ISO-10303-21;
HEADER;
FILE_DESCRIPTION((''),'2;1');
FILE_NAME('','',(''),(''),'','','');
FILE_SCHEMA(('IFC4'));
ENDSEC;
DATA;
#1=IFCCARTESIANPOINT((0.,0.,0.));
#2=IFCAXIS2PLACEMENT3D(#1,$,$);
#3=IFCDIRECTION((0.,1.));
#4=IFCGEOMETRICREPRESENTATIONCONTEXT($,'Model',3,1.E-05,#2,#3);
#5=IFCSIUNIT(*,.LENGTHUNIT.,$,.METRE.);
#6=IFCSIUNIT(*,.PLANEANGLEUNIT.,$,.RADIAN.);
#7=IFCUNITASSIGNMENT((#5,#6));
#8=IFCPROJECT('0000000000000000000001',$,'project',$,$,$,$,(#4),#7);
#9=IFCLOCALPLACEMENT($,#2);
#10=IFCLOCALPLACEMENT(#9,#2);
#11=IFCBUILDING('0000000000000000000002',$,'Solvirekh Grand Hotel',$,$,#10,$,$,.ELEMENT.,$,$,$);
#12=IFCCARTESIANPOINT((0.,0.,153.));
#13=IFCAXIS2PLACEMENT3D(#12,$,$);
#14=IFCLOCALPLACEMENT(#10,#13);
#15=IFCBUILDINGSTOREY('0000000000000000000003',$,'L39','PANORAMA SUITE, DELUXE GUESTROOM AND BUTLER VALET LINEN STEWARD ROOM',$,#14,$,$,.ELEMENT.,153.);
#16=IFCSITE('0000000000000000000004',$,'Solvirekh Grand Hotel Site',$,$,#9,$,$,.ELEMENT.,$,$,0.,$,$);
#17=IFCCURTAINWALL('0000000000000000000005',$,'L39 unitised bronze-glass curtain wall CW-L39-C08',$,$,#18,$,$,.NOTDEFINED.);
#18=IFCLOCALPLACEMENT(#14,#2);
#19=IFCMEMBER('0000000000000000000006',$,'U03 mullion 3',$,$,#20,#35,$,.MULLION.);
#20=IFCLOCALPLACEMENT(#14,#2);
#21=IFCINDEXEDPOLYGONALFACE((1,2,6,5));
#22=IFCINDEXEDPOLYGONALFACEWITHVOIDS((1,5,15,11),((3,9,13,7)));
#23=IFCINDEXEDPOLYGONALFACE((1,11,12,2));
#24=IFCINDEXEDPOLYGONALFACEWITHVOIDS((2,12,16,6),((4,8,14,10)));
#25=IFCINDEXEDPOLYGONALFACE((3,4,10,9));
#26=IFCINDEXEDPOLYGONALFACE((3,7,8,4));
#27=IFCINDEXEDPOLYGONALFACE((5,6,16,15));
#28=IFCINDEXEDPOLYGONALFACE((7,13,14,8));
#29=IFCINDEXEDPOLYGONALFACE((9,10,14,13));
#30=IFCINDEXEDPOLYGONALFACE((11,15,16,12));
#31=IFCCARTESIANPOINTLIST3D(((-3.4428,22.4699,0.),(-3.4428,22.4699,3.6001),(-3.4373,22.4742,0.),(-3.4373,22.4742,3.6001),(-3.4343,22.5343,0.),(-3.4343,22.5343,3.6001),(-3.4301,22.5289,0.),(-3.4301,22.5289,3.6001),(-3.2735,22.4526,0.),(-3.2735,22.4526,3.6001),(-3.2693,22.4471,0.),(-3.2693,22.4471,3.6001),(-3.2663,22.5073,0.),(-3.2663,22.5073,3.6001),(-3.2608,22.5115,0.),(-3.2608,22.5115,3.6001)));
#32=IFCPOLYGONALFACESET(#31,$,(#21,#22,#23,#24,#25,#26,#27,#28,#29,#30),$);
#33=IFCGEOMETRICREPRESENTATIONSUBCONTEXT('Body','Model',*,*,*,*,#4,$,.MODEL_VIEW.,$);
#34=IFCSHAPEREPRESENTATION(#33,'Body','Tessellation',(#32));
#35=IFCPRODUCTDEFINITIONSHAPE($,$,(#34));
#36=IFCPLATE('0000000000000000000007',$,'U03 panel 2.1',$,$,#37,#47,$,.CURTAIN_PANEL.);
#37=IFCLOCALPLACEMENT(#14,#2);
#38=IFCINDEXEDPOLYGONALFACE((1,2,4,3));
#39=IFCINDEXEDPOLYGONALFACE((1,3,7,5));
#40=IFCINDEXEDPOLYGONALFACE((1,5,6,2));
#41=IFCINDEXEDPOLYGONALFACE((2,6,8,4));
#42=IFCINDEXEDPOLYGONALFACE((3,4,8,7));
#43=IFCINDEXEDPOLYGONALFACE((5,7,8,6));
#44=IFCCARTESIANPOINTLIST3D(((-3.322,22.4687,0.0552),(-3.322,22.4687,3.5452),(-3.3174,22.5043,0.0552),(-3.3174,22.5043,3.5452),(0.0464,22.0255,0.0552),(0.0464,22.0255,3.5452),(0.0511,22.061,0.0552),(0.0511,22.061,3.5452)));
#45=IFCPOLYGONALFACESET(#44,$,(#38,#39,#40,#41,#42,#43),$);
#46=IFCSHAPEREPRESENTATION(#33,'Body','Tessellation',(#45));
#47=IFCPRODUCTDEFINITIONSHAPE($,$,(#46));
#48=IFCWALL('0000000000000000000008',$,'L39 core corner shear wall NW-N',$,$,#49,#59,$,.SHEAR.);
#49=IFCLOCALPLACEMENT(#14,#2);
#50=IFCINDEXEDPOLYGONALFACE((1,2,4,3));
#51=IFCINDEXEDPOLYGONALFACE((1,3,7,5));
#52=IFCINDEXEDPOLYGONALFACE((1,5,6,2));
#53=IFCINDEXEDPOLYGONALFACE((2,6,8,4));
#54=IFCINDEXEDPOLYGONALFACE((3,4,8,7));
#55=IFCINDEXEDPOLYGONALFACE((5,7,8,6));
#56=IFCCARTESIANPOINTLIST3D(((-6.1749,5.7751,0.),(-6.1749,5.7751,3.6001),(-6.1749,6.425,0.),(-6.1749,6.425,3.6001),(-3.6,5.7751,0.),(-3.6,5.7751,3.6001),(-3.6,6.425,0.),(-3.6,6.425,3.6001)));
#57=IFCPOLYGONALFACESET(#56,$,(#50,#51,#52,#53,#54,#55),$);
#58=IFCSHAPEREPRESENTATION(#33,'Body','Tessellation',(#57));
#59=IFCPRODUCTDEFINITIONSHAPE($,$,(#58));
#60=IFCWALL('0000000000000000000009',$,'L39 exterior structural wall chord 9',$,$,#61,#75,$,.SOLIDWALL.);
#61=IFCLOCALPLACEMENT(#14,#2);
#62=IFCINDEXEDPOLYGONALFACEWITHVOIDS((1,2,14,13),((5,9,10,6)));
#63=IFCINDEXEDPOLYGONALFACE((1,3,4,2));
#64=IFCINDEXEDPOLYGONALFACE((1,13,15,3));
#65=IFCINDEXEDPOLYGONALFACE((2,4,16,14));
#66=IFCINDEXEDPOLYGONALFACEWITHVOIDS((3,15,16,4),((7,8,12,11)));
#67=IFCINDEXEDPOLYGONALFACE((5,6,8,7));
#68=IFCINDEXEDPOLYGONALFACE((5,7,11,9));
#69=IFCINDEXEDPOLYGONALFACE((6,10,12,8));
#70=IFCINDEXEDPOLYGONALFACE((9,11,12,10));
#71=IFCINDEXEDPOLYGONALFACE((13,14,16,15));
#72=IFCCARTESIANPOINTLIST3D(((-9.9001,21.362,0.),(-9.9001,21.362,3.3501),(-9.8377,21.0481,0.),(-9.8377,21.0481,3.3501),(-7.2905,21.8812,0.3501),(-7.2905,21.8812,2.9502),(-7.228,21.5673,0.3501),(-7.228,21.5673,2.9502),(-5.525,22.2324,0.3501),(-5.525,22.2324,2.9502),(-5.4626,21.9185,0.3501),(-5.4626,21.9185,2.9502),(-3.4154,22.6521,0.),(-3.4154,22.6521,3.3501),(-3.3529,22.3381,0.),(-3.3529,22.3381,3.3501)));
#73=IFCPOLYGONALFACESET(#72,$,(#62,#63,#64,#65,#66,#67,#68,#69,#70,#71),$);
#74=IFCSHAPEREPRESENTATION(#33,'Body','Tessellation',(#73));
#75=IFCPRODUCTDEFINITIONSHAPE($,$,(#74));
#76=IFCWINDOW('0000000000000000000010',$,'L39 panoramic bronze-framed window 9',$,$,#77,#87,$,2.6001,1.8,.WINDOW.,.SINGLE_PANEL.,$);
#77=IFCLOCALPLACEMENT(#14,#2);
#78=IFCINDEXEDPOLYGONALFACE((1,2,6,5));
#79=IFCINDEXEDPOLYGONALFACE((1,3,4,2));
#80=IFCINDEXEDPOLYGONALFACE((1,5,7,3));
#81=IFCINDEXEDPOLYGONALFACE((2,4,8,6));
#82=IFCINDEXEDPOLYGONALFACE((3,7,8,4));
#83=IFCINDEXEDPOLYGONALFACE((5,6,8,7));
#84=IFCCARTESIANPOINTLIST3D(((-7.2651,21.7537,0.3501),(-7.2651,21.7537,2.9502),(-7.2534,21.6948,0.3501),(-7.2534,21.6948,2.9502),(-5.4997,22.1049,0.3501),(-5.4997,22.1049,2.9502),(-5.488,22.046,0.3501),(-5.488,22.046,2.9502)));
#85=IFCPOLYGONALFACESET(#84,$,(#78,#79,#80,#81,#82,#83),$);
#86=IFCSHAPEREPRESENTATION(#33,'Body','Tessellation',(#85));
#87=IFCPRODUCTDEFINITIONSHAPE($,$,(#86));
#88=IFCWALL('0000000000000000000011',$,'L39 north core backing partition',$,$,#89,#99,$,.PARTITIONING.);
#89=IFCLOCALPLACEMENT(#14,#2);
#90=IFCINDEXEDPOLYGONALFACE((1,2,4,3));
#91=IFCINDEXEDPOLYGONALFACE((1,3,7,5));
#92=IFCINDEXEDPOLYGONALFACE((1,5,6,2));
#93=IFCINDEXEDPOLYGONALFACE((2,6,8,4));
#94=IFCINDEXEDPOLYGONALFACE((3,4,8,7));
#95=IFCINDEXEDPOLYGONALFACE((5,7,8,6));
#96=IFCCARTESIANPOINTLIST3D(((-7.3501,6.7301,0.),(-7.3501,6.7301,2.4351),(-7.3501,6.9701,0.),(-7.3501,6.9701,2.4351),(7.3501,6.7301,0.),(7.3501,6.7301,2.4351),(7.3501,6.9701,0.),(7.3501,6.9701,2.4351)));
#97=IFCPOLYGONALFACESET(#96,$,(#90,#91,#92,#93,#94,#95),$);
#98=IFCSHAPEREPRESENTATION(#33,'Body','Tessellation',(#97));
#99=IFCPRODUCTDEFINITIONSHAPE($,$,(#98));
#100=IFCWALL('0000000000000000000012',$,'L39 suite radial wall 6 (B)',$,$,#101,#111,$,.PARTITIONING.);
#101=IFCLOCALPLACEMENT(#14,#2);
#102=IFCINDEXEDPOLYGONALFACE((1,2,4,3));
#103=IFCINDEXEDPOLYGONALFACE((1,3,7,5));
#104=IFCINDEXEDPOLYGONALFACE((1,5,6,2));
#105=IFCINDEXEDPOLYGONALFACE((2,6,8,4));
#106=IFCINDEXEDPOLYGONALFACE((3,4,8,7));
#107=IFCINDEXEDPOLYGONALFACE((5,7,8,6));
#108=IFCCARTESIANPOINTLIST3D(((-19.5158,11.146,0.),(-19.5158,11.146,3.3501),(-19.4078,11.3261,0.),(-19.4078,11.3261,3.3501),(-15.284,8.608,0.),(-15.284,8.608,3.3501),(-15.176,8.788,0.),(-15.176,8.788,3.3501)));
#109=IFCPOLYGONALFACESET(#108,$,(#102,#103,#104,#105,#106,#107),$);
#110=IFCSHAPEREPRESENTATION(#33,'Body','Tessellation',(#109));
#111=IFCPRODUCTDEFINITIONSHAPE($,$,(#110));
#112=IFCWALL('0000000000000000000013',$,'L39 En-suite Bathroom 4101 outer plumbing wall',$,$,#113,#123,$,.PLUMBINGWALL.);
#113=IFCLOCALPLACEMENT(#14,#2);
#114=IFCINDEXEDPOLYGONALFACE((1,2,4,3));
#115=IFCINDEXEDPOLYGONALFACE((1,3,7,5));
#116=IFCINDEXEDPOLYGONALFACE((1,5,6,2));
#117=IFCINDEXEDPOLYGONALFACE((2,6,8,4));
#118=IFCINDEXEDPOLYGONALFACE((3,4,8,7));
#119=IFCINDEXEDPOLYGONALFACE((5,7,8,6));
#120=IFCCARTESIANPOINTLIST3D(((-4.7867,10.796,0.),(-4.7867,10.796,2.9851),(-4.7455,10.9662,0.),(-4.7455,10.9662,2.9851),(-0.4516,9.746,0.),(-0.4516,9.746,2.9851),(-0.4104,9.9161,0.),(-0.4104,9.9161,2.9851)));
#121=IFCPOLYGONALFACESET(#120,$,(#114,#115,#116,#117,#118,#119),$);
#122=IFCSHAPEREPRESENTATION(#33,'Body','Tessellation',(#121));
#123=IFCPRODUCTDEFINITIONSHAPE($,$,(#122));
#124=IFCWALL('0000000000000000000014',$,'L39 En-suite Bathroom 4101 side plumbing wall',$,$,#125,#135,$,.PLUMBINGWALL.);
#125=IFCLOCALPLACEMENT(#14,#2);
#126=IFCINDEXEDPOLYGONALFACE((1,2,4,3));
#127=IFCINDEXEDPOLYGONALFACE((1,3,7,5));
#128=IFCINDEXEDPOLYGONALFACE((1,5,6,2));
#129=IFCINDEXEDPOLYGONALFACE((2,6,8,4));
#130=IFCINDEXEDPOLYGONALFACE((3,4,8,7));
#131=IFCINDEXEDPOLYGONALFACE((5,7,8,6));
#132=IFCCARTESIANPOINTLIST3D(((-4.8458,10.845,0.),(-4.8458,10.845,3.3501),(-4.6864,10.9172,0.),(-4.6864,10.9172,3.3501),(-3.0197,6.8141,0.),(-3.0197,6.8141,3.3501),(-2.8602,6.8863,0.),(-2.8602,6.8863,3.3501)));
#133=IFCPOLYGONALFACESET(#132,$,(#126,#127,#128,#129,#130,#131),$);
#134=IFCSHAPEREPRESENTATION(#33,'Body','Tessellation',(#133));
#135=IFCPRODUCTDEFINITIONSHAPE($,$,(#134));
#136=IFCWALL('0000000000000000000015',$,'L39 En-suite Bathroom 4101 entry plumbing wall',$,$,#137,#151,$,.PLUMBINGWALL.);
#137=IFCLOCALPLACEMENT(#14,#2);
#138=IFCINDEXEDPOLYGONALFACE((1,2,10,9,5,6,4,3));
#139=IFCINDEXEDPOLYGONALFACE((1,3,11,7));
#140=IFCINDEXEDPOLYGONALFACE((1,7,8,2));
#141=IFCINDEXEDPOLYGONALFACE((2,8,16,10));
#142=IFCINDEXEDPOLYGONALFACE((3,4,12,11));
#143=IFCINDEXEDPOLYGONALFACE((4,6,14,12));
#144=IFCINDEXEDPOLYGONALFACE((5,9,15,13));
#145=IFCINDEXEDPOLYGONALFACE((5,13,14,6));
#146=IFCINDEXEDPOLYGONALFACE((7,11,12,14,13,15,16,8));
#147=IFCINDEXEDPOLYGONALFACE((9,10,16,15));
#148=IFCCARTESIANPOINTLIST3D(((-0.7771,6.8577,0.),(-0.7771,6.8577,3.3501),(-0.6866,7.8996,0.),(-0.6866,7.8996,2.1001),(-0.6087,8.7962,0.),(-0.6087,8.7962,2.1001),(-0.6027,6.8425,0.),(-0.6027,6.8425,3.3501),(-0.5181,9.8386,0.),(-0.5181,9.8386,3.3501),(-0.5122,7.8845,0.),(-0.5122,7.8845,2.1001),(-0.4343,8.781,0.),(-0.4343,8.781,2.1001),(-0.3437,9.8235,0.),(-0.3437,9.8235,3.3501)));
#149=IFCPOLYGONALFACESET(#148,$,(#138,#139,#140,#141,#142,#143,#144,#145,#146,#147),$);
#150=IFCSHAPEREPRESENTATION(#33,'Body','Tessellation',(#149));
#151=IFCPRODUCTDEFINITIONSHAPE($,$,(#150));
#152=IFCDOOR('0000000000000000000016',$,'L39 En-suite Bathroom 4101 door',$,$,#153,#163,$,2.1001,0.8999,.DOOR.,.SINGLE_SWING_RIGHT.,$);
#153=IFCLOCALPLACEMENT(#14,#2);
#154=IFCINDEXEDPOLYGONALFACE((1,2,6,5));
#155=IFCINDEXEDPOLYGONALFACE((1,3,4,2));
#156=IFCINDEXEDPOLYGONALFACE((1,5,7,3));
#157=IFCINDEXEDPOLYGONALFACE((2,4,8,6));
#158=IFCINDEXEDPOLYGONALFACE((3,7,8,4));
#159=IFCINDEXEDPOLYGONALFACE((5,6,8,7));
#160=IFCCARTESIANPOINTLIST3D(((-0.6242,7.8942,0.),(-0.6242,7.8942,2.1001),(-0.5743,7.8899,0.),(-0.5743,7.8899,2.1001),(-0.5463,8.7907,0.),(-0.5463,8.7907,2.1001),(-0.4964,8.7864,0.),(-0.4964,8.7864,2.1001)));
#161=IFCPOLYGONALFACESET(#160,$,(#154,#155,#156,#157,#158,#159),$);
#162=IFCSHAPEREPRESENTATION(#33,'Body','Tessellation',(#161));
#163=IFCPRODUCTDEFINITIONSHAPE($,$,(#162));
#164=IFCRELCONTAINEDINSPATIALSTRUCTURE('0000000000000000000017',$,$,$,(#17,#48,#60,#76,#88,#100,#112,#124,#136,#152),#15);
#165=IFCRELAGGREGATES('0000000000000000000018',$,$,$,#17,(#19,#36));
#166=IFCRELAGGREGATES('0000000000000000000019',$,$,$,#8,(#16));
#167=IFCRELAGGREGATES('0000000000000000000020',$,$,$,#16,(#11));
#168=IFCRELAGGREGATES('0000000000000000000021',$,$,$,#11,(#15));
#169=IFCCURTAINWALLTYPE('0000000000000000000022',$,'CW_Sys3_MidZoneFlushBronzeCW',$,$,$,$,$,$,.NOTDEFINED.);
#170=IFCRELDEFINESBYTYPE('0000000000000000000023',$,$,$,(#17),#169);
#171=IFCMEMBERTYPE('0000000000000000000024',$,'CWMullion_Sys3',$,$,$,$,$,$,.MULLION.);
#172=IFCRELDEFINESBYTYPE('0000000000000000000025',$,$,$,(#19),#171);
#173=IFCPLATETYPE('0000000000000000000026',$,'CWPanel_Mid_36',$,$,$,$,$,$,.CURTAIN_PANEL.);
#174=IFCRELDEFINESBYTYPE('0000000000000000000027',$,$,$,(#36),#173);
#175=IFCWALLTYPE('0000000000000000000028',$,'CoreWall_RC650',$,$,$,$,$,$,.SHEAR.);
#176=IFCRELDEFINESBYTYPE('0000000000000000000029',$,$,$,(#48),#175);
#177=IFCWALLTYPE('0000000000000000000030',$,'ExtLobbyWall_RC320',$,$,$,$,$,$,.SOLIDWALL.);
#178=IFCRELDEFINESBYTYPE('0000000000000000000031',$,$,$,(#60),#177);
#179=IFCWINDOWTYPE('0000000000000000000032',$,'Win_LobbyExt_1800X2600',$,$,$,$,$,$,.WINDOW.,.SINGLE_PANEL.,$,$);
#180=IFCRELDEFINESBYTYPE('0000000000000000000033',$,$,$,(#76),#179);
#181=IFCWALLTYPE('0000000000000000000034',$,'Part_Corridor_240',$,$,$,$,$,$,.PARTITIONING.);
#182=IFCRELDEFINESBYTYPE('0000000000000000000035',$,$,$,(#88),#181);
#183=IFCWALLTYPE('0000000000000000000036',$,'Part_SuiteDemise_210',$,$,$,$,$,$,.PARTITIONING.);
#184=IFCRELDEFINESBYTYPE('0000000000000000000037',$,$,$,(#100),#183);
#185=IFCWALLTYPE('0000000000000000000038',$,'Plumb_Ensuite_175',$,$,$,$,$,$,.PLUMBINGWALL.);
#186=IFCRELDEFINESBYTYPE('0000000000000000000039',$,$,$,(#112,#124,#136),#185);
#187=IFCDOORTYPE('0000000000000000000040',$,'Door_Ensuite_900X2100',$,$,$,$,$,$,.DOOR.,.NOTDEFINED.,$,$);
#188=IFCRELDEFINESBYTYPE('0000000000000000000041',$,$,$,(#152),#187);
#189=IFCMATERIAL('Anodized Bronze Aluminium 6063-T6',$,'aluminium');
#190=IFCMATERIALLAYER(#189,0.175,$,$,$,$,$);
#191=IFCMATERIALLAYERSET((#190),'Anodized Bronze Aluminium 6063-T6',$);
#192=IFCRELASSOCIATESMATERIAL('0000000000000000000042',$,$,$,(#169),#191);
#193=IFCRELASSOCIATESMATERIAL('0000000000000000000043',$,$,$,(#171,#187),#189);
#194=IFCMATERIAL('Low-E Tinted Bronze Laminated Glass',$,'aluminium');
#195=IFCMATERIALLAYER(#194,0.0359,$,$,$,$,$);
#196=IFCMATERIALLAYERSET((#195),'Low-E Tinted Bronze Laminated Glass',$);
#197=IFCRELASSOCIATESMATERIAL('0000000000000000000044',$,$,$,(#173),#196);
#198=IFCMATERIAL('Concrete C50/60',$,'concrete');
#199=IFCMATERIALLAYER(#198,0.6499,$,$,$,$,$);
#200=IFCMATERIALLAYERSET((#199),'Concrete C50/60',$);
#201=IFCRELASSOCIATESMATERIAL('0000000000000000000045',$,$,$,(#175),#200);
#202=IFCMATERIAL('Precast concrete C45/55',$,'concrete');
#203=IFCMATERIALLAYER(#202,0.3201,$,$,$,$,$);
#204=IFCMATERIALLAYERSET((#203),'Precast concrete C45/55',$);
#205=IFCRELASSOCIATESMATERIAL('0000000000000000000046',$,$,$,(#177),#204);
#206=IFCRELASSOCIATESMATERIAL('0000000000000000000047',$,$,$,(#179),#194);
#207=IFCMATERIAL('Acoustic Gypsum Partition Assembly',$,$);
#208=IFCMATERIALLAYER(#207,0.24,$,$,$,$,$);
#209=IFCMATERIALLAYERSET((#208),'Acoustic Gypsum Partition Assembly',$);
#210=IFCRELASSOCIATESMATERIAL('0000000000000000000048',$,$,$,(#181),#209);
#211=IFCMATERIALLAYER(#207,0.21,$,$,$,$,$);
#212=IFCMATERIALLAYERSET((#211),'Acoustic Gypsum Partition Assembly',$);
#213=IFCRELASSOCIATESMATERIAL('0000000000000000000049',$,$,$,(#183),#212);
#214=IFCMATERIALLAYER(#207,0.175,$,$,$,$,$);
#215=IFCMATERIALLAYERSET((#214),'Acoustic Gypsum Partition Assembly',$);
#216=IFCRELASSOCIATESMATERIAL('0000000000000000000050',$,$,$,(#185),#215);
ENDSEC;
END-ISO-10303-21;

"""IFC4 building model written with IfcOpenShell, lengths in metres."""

from ifc_helpers import new_model, si_unit, direction, frame, frame_2d, origin, origin_2d, place, context, subcontext, project, spatial, rectangle, hollow_rectangle, extrude, source, transform, mapped, material, layer, layer_set, material_profile, profile_set, type_object, element, fill, aggregate, save


model = new_model("IFC4")

# Units and contexts
model_context = context("Model", 3, precision=1e-05, world=origin(), true_north=direction((0.0, 1.0)))
body_context = subcontext(model_context, "Body", "Model", "MODEL_VIEW")
ifc_project = project(units=[si_unit("LENGTHUNIT", "METRE"), si_unit("PLANEANGLEUNIT", "RADIAN")], contexts=[model_context])

# Site, building, storey
site_placement = place(None, origin())
site = spatial("IfcSite", under=ifc_project, at=site_placement, Name="Solvirekh Grand Hotel Site", CompositionType="ELEMENT", RefElevation=0.0)
building_placement = place(site_placement, origin())
building = spatial("IfcBuilding", under=site, at=building_placement, Name="Solvirekh Grand Hotel", CompositionType="ELEMENT")
storey_placement = place(building_placement, frame((0.0, 0.0, 153.0)))
storey = spatial("IfcBuildingStorey", under=building, at=storey_placement, Name="L39", Description="PANORAMA SUITE, DELUXE GUESTROOM AND BUTLER VALET LINEN STEWARD ROOM", CompositionType="ELEMENT", Elevation=153.0)

# Shared definitions
ifc_material_1 = material(Name="Concrete C50/60", Category="concrete")

# Curtain wall, member, plate
ifc_material_2 = material(Name="Anodized Bronze Aluminium 6063-T6", Category="aluminium")
ifc_layer_1 = layer(ifc_material_2, 0.175)
ifc_layer_set_1 = layer_set([ifc_layer_1], Name="Anodized Bronze Aluminium 6063-T6")
curtain_wall_type = type_object("IfcCurtainWallType", Name="CW_Sys3_MidZoneFlushBronzeCW", PredefinedType="NOTDEFINED", material=ifc_layer_set_1)
curtain_wall_placement = place(storey_placement, origin())
curtain_wall = element("IfcCurtainWall", 1, at=curtain_wall_placement, inside=storey, type_object=curtain_wall_type, Name="L39 unitised bronze-glass curtain wall CW-L39-C08", PredefinedType="NOTDEFINED")
ifc_material_profile_1 = material_profile(ifc_material_2, hollow_rectangle(XDim=0.0649, YDim=0.175, WallThickness=0.0049, at=origin_2d()), Name="ALU RHS 175X65X5")
ifc_profile_set_1 = profile_set([ifc_material_profile_1], Name="Anodized Bronze Aluminium 6063-T6")
member_type = type_object("IfcMemberType", Name="CWMullion_Sys3", PredefinedType="MULLION", material=ifc_profile_set_1)
shared_shape_1 = source(origin(), body_context, "Body", "SweptSolid", [
    extrude(hollow_rectangle(XDim=0.0649, YDim=0.175, WallThickness=0.0049, at=origin_2d()), origin(), (0.0, 0.0, 1.0), 3.6001),
])
member_placement = place(storey_placement, frame((-3.3518, 22.4907, 0.0), z_axis=(0.0, 0.0, 1.0), x_axis=(-0.130477, -0.991451, 0.0)))
member = element("IfcMember", 2, at=member_placement, type_object=member_type, Name="U03 mullion 3", PredefinedType="MULLION", context=body_context, shape_type="MappedRepresentation", body=[
    mapped(shared_shape_1, transform((0.0, 0.0, 0.0), x_axis=(1.0, 0.0, 0.0), y_axis=(0.0, 1.0, 0.0), z_axis=(0.0, 0.0, 1.0), scale=1.0)),
])
ifc_material_3 = material(Name="Low-E Tinted Bronze Laminated Glass", Category="aluminium")
ifc_layer_2 = layer(ifc_material_3, 0.0359)
ifc_layer_set_2 = layer_set([ifc_layer_2], Name="Low-E Tinted Bronze Laminated Glass")
plate_type = type_object("IfcPlateType", Name="CWPanel_Mid_36", PredefinedType="CURTAIN_PANEL", material=ifc_layer_set_2)
shared_shape_2 = source(origin(), body_context, "Body", "SweptSolid", [
    extrude(rectangle(XDim=3.3975, YDim=0.0359, at=origin_2d()), origin(), (0.0, 0.0, 1.0), 3.49),
])
plate_placement = place(storey_placement, frame((-1.6355, 22.2649, 0.0552), z_axis=(0.0, 0.0, 1.0), x_axis=(-0.991451, 0.130477, 0.0)))
plate = element("IfcPlate", 3, at=plate_placement, type_object=plate_type, Name="U03 panel 2.1", PredefinedType="CURTAIN_PANEL", context=body_context, shape_type="MappedRepresentation", body=[
    mapped(shared_shape_2, transform((0.0, 0.0, 0.0), x_axis=(1.0, 0.0, 0.0), y_axis=(0.0, 1.0, 0.0), z_axis=(0.0, 0.0, 1.0), scale=1.0)),
])
aggregate(curtain_wall, [member, plate])

# Wall
ifc_layer_3 = layer(ifc_material_1, 0.6499)
ifc_layer_set_3 = layer_set([ifc_layer_3], Name="Concrete C50/60")
wall_type_1 = type_object("IfcWallType", Name="CoreWall_RC650", PredefinedType="SHEAR", material=ifc_layer_set_3)
wall_1_placement = place(storey_placement, frame((-6.175, 6.1001, 0.0), z_axis=(0.0, 0.0, 1.0), x_axis=(1.0, 0.0, 0.0)))
element("IfcWall", 4, at=wall_1_placement, inside=storey, type_object=wall_type_1, Name="L39 core corner shear wall NW-N", PredefinedType="SHEAR", context=body_context, shape_type="SweptSolid", body=[
    extrude(rectangle(XDim=2.575, YDim=0.6499, at=frame_2d((1.2876, 0.0))), origin(), (0.0, 0.0, 1.0), 3.6001),
])

# Wall, opening, window
ifc_material_4 = material(Name="Precast concrete C45/55", Category="concrete")
ifc_layer_4 = layer(ifc_material_4, 0.3201)
ifc_layer_set_4 = layer_set([ifc_layer_4], Name="Precast concrete C45/55")
wall_type_2 = type_object("IfcWallType", Name="ExtLobbyWall_RC320", PredefinedType="SOLIDWALL", material=ifc_layer_set_4)
wall_2_placement = place(storey_placement, frame((-9.8689, 21.2051, 0.0), z_axis=(0.0, 0.0, 1.0), x_axis=(0.980782, 0.195108, 0.0)))
wall_2 = element("IfcWall", 5, at=wall_2_placement, inside=storey, type_object=wall_type_2, Name="L39 exterior structural wall chord 9", PredefinedType="SOLIDWALL", context=body_context, shape_type="SweptSolid", body=[
    extrude(rectangle(XDim=6.6118, YDim=0.3201, at=frame_2d((3.3059, 0.0))), origin(), (0.0, 0.0, 1.0), 3.3501),
])
opening_1_placement = place(wall_2_placement, frame((2.6609, 0.0, 0.3501)))
opening_1 = element("IfcOpeningElement", 6, at=opening_1_placement, cuts=wall_2, PredefinedType="OPENING", context=body_context, shape_type="SweptSolid", body=[
    extrude(rectangle(XDim=1.8, YDim=2.6001, at=frame_2d((0.8999, 1.3))), frame((0.0, 0.1699, 0.0), z_axis=(0.0, -1.0, 0.0), x_axis=(1.0, 0.0, 0.0)), (0.0, 0.0, 1.0), 0.3401),
])
window_type = type_object("IfcWindowType", Name="Win_LobbyExt_1800X2600", PartitioningType="SINGLE_PANEL", PredefinedType="WINDOW", material=ifc_material_3)
window_placement = place(opening_1_placement, origin())
window = element("IfcWindow", 7, at=window_placement, inside=storey, type_object=window_type, Name="L39 panoramic bronze-framed window 9", OverallHeight=2.6001, OverallWidth=1.8, PartitioningType="SINGLE_PANEL", PredefinedType="WINDOW", context=body_context, shape_type="SweptSolid", body=[
    extrude(rectangle(XDim=1.8, YDim=2.6001, at=frame_2d((0.8999, 1.3))), frame((0.0, 0.03, 0.0), z_axis=(0.0, -1.0, 0.0), x_axis=(1.0, 0.0, 0.0)), (0.0, 0.0, 1.0), 0.0601),
])
fill(opening_1, window)

# Walls
ifc_material_5 = material(Name="Acoustic Gypsum Partition Assembly")
ifc_layer_5 = layer(ifc_material_5, 0.24)
ifc_layer_set_5 = layer_set([ifc_layer_5], Name="Acoustic Gypsum Partition Assembly")
wall_type_3 = type_object("IfcWallType", Name="Part_Corridor_240", PredefinedType="PARTITIONING", material=ifc_layer_set_5)
wall_3_placement = place(storey_placement, frame((-7.3501, 6.8501, 0.0), z_axis=(0.0, 0.0, 1.0), x_axis=(1.0, 0.0, 0.0)))
element("IfcWall", 8, at=wall_3_placement, inside=storey, type_object=wall_type_3, Name="L39 north core backing partition", PredefinedType="PARTITIONING", context=body_context, shape_type="SweptSolid", body=[
    extrude(rectangle(XDim=14.7002, YDim=0.24, at=frame_2d((7.3501, 0.0))), origin(), (0.0, 0.0, 1.0), 2.4351),
])
ifc_layer_6 = layer(ifc_material_5, 0.21)
ifc_layer_set_6 = layer_set([ifc_layer_6], Name="Acoustic Gypsum Partition Assembly")
wall_type_4 = type_object("IfcWallType", Name="Part_SuiteDemise_210", PredefinedType="PARTITIONING", material=ifc_layer_set_6)
wall_4_placement = place(storey_placement, frame((-15.23, 8.698, 0.0), z_axis=(0.0, 0.0, 1.0), x_axis=(-0.857589, 0.514336, 0.0)))
element("IfcWall", 9, at=wall_4_placement, inside=storey, type_object=wall_type_4, Name="L39 suite radial wall 6 (B)", PredefinedType="PARTITIONING", context=body_context, shape_type="SweptSolid", body=[
    extrude(rectangle(XDim=4.9346, YDim=0.21, at=frame_2d((2.4673, 0.0))), origin(), (0.0, 0.0, 1.0), 3.3501),
])
ifc_layer_7 = layer(ifc_material_5, 0.175)
ifc_layer_set_7 = layer_set([ifc_layer_7], Name="Acoustic Gypsum Partition Assembly")
wall_type_5 = type_object("IfcWallType", Name="Plumb_Ensuite_175", PredefinedType="PLUMBINGWALL", material=ifc_layer_set_7)
wall_5_placement = place(storey_placement, frame((-4.7661, 10.8811, 0.0), z_axis=(0.0, 0.0, 1.0), x_axis=(0.971897, -0.235407, 0.0)))
element("IfcWall", 10, at=wall_5_placement, inside=storey, type_object=wall_type_5, Name="L39 En-suite Bathroom 4101 outer plumbing wall", PredefinedType="PLUMBINGWALL", context=body_context, shape_type="SweptSolid", body=[
    extrude(rectangle(XDim=4.4604, YDim=0.175, at=frame_2d((2.2302, 0.0))), origin(), (0.0, 0.0, 1.0), 2.9851),
])
wall_6_placement = place(storey_placement, frame((-4.7661, 10.8811, 0.0), z_axis=(0.0, 0.0, 1.0), x_axis=(0.41266, -0.910885, 0.0)))
element("IfcWall", 11, at=wall_6_placement, inside=storey, type_object=wall_type_5, Name="L39 En-suite Bathroom 4101 side plumbing wall", PredefinedType="PLUMBINGWALL", context=body_context, shape_type="SweptSolid", body=[
    extrude(rectangle(XDim=4.4253, YDim=0.175, at=frame_2d((2.2126, 0.0))), origin(), (0.0, 0.0, 1.0), 3.3501),
])

# Wall, opening, door
wall_7_placement = place(storey_placement, frame((-0.6899, 6.8501, 0.0), z_axis=(0.0, 0.0, 1.0), x_axis=(0.08657, 0.996246, 0.0)))
wall_7 = element("IfcWall", 12, at=wall_7_placement, inside=storey, type_object=wall_type_5, Name="L39 En-suite Bathroom 4101 entry plumbing wall", PredefinedType="PLUMBINGWALL", context=body_context, shape_type="SweptSolid", body=[
    extrude(rectangle(XDim=2.9922, YDim=0.175, at=frame_2d((1.4961, 0.0))), origin(), (0.0, 0.0, 1.0), 3.3501),
])
opening_2_placement = place(wall_7_placement, frame((1.0459, 0.0, 0.0)))
opening_2 = element("IfcOpeningElement", 13, at=opening_2_placement, cuts=wall_7, PredefinedType="OPENING", context=body_context, shape_type="SweptSolid", body=[
    extrude(rectangle(XDim=0.8999, YDim=2.1001, at=frame_2d((0.45, 1.05))), frame((0.0, 0.0977, 0.0), z_axis=(0.0, -1.0, 0.0), x_axis=(1.0, 0.0, 0.0)), (0.0, 0.0, 1.0), 0.1951),
])
door_type = type_object("IfcDoorType", Name="Door_Ensuite_900X2100", OperationType="NOTDEFINED", PredefinedType="DOOR", material=ifc_material_2)
door_1_placement = place(opening_2_placement, origin())
door_1 = element("IfcDoor", 14, at=door_1_placement, inside=storey, type_object=door_type, Name="L39 En-suite Bathroom 4101 door", OperationType="SINGLE_SWING_RIGHT", OverallHeight=2.1001, OverallWidth=0.8999, PredefinedType="DOOR", context=body_context, shape_type="SweptSolid", body=[
    extrude(rectangle(XDim=0.8999, YDim=2.1001, at=frame_2d((0.45, 1.05))), frame((0.0, 0.0249, 0.0), z_axis=(0.0, -1.0, 0.0), x_axis=(1.0, 0.0, 0.0)), (0.0, 0.0, 1.0), 0.05),
])
fill(opening_2, door_1)

save(model, "model.ifc")
